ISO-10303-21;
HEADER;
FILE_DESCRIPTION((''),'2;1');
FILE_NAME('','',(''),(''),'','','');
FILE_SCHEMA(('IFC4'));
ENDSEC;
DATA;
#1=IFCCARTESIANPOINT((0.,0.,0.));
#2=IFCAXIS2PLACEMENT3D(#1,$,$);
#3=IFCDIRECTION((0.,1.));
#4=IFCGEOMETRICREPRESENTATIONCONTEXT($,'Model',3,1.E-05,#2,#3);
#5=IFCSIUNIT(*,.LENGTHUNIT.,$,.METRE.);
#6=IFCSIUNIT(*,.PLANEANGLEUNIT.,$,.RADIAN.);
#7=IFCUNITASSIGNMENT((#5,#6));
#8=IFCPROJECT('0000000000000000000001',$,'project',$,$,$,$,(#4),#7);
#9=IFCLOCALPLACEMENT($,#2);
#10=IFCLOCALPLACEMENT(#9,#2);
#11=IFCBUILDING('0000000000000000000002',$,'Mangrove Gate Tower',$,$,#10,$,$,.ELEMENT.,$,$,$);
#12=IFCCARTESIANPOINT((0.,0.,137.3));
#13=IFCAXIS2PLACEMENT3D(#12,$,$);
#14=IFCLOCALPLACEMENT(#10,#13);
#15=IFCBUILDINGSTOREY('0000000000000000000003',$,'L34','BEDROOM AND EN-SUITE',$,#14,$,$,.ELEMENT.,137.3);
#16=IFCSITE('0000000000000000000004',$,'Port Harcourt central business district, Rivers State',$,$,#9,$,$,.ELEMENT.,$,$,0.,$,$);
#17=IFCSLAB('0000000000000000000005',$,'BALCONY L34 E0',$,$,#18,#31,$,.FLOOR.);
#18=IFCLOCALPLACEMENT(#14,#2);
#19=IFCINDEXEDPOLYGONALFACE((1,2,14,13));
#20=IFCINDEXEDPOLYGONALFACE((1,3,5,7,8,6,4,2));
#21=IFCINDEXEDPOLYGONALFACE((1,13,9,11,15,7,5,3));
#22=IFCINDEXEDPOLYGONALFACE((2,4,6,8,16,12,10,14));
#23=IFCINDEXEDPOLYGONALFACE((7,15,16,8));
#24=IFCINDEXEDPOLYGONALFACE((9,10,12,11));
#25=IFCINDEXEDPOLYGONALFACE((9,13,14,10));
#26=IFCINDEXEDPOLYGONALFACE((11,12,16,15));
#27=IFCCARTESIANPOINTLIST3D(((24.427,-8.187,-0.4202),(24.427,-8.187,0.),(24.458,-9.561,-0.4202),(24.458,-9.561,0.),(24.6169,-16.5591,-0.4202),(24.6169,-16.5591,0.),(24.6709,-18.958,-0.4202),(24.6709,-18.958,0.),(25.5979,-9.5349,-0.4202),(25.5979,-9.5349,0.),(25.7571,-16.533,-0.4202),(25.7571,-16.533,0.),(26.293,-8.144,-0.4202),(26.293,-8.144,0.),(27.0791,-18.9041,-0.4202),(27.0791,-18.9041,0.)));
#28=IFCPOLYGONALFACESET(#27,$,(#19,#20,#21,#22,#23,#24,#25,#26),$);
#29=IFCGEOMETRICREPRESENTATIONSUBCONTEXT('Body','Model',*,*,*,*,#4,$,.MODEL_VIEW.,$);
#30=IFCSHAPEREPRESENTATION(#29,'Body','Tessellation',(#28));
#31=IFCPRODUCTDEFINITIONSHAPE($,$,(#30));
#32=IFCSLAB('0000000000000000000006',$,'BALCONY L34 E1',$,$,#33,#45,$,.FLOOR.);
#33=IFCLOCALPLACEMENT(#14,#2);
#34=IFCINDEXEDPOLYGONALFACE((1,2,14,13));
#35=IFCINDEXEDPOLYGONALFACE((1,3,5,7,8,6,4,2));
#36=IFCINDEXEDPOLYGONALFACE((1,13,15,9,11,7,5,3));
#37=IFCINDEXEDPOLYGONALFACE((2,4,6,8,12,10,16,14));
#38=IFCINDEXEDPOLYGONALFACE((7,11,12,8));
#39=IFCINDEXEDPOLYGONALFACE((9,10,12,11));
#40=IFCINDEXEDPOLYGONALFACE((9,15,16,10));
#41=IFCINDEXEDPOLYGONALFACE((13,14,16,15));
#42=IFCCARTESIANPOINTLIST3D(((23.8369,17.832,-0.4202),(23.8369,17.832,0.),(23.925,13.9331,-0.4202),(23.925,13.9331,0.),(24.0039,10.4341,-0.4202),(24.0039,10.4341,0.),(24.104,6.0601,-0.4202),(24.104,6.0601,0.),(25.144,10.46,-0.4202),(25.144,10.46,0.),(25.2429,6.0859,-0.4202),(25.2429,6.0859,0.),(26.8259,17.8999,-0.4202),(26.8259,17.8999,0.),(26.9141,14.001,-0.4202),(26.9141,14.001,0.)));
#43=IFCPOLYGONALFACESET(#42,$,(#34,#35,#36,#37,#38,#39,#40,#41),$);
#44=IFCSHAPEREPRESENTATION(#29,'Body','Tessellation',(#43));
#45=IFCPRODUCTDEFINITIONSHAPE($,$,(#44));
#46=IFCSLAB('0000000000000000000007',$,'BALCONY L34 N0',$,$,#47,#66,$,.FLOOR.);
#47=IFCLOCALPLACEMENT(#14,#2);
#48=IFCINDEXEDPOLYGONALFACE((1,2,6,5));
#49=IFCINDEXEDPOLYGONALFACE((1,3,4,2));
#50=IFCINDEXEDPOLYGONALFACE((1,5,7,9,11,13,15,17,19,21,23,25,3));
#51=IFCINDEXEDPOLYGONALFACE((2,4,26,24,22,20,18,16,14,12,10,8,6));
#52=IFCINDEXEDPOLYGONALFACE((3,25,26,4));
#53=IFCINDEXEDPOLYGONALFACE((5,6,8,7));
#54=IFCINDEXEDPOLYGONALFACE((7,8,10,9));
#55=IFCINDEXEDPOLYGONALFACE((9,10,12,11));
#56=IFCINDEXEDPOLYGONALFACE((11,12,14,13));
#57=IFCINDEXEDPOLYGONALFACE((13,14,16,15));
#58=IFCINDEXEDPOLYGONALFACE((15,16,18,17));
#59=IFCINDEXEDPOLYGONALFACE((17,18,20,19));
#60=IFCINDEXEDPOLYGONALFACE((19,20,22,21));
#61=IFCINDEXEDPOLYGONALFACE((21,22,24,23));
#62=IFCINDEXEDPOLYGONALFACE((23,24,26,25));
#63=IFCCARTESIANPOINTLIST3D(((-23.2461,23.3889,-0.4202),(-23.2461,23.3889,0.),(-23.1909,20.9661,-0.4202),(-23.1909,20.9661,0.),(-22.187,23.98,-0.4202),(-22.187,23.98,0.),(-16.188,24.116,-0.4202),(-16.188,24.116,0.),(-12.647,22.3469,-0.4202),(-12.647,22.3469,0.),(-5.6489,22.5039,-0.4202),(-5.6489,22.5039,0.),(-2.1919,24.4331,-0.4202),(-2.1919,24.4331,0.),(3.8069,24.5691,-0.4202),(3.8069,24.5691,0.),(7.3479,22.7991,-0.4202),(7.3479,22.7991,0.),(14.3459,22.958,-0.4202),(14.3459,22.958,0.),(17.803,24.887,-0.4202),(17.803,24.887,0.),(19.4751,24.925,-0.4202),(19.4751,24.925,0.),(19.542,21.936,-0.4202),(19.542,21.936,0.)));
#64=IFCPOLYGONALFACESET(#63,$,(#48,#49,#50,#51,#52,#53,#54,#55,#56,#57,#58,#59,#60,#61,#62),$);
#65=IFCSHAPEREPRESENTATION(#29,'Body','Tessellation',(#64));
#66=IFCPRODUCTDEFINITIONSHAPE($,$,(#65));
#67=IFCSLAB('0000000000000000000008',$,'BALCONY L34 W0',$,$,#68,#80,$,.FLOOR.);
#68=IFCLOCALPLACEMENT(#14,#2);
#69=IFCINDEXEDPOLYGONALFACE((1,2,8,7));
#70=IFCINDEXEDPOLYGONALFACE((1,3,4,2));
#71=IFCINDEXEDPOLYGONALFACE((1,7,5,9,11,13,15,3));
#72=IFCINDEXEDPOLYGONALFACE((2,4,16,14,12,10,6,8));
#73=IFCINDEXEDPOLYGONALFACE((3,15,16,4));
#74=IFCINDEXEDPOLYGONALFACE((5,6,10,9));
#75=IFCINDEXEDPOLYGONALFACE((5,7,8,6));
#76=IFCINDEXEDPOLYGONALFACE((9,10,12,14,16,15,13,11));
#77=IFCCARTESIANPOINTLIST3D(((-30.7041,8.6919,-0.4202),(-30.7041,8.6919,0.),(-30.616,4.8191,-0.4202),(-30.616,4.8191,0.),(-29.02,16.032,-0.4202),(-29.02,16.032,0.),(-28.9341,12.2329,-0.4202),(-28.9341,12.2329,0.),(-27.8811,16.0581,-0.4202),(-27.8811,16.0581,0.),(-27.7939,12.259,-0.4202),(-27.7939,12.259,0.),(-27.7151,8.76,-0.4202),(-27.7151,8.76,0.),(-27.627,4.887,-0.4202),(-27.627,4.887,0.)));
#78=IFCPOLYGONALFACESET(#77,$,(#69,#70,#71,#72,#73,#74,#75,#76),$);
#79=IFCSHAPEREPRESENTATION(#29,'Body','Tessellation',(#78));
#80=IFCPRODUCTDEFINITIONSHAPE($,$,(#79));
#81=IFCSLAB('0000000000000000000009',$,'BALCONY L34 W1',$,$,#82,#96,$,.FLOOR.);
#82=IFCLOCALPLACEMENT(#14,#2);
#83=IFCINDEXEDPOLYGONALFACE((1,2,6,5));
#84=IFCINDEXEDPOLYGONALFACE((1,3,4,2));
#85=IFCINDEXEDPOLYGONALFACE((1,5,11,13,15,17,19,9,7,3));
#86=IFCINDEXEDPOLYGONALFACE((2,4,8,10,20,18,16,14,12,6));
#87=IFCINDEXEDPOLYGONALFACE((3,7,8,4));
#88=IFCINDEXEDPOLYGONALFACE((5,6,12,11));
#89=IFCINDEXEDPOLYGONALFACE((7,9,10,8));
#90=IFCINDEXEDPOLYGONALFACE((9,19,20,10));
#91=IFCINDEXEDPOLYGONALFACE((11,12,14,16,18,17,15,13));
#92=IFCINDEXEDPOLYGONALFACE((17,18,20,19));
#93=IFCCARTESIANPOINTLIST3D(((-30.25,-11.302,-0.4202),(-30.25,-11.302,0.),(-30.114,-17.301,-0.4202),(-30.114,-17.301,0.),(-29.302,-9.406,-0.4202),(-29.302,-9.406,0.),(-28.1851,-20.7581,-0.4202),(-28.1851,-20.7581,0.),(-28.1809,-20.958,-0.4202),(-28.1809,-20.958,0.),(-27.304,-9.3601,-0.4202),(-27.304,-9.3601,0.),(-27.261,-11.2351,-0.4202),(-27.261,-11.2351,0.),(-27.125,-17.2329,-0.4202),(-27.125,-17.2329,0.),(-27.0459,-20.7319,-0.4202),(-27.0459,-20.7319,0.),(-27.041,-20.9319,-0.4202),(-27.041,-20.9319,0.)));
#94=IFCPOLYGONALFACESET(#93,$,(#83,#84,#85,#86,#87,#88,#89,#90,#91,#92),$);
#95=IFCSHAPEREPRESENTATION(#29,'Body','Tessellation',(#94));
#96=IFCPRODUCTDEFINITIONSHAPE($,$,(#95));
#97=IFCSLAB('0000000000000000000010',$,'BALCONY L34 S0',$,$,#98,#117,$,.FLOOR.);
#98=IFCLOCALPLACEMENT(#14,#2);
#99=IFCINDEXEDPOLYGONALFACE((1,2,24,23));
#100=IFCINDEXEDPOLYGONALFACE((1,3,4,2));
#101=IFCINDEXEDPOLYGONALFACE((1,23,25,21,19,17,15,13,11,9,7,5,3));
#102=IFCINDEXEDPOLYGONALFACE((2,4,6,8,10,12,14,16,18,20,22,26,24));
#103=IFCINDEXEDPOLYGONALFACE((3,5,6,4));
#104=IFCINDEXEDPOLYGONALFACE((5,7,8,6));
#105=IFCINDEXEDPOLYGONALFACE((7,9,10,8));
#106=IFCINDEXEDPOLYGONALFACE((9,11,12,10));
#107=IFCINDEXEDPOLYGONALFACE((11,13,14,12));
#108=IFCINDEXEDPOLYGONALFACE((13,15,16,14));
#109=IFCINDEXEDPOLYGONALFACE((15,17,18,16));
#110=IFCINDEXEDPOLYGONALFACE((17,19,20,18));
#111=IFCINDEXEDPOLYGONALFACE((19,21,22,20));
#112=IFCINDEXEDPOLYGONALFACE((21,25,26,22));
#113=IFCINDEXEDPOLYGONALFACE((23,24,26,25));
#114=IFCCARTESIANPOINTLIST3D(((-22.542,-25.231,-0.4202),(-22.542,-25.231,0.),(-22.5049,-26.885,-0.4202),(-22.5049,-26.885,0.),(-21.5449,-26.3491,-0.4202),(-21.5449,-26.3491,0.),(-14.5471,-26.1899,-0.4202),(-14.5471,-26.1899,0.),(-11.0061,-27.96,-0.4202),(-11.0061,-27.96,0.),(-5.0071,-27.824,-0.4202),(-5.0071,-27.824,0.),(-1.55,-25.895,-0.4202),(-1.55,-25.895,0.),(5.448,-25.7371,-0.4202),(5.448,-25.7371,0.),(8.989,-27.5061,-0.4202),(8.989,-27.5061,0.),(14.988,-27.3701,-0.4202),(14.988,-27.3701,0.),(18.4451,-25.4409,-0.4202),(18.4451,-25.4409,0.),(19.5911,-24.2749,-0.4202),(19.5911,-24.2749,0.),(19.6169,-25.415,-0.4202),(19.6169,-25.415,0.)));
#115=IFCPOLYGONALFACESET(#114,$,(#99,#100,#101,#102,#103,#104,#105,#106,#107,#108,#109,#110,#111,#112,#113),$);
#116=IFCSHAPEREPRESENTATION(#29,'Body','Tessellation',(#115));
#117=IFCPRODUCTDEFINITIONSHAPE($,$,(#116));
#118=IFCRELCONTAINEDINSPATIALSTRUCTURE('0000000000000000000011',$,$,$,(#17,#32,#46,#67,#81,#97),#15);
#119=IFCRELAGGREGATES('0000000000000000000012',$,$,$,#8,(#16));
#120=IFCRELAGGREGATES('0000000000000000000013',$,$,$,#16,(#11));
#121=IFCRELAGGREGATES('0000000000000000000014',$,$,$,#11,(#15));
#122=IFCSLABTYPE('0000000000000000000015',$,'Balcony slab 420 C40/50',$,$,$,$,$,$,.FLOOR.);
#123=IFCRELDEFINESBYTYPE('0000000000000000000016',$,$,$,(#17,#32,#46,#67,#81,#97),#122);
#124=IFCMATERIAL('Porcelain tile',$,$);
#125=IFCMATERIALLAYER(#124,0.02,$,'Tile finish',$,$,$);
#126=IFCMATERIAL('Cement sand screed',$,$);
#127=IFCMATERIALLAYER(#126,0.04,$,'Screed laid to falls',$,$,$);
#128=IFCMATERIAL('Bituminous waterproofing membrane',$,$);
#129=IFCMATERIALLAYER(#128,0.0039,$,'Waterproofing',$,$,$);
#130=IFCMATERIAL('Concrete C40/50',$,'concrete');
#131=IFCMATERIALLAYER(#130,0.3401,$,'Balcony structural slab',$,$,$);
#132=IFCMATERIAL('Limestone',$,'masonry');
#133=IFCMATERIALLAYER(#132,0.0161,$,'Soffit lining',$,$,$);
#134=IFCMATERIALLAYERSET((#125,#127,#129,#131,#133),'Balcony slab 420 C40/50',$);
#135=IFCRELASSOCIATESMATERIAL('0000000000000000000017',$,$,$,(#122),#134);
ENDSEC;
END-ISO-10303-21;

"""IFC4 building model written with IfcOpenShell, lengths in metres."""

from ifc_helpers import new_model, si_unit, direction, frame, origin, place, context, subcontext, project, spatial, polyline, outline, extrude, material, layer, layer_set, type_object, element, save


model = new_model("IFC4")

# Units and contexts
model_context = context("Model", 3, precision=1e-05, world=origin(), true_north=direction((0.0, 1.0)))
body_context = subcontext(model_context, "Body", "Model", "MODEL_VIEW")
ifc_project = project(units=[si_unit("LENGTHUNIT", "METRE"), si_unit("PLANEANGLEUNIT", "RADIAN")], contexts=[model_context])

# Site, building, storey
site_placement = place(None, origin())
site = spatial("IfcSite", under=ifc_project, at=site_placement, Name="Port Harcourt central business district, Rivers State", CompositionType="ELEMENT", RefElevation=0.0)
building_placement = place(site_placement, origin())
building = spatial("IfcBuilding", under=site, at=building_placement, Name="Mangrove Gate Tower", CompositionType="ELEMENT")
storey_placement = place(building_placement, frame((0.0, 0.0, 137.3)))
storey = spatial("IfcBuildingStorey", under=building, at=storey_placement, Name="L34", Description="BEDROOM AND EN-SUITE", CompositionType="ELEMENT", Elevation=137.3)

# Slabs
ifc_material_1 = material(Name="Porcelain tile")
ifc_layer_1 = layer(ifc_material_1, 0.02, Name="Tile finish")
ifc_material_2 = material(Name="Cement sand screed")
ifc_layer_2 = layer(ifc_material_2, 0.04, Name="Screed laid to falls")
ifc_material_3 = material(Name="Bituminous waterproofing membrane")
ifc_layer_3 = layer(ifc_material_3, 0.0039, Name="Waterproofing")
ifc_material_4 = material(Name="Concrete C40/50", Category="concrete")
ifc_layer_4 = layer(ifc_material_4, 0.3401, Name="Balcony structural slab")
ifc_material_5 = material(Name="Limestone", Category="masonry")
ifc_layer_5 = layer(ifc_material_5, 0.0161, Name="Soffit lining")
ifc_layer_set_1 = layer_set([ifc_layer_1, ifc_layer_2, ifc_layer_3, ifc_layer_4, ifc_layer_5], Name="Balcony slab 420 C40/50")
slab_type_1 = type_object("IfcSlabType", Name="Balcony slab 420 C40/50", PredefinedType="FLOOR", material=ifc_layer_set_1)
slab_1_placement = place(storey_placement, frame((0.0, 0.0, -0.4202)))
element("IfcSlab", 1, at=slab_1_placement, inside=storey, type_object=slab_type_1, Name="BALCONY L34 E0", PredefinedType="FLOOR", context=body_context, shape_type="SweptSolid", body=[
    extrude(outline(polyline([(27.0791, -18.9041), (25.7571, -16.533), (25.5979, -9.5349), (26.293, -8.144), (24.427, -8.187), (24.458, -9.561), (24.6169, -16.5591), (24.6709, -18.958), (27.0791, -18.9041)])), origin(), (0.0, 0.0, 1.0), 0.4202),
])
slab_2_placement = place(storey_placement, frame((0.0, 0.0, -0.4202)))
element("IfcSlab", 2, at=slab_2_placement, inside=storey, type_object=slab_type_1, Name="BALCONY L34 E1", PredefinedType="FLOOR", context=body_context, shape_type="SweptSolid", body=[
    extrude(outline(polyline([(25.2429, 6.0859), (25.144, 10.46), (26.9141, 14.001), (26.8259, 17.8999), (23.8369, 17.832), (23.925, 13.9331), (24.0039, 10.4341), (24.104, 6.0601), (25.2429, 6.0859)])), origin(), (0.0, 0.0, 1.0), 0.4202),
])
slab_3_placement = place(storey_placement, frame((0.0, 0.0, -0.4202)))
element("IfcSlab", 3, at=slab_3_placement, inside=storey, type_object=slab_type_1, Name="BALCONY L34 N0", PredefinedType="FLOOR", context=body_context, shape_type="SweptSolid", body=[
    extrude(outline(polyline([(19.4751, 24.925), (17.803, 24.887), (14.3459, 22.958), (7.3479, 22.7991), (3.8069, 24.5691), (-2.1919, 24.4331), (-5.6489, 22.5039), (-12.647, 22.3469), (-16.188, 24.116), (-22.187, 23.98), (-23.2461, 23.3889), (-23.1909, 20.9661), (19.542, 21.936), (19.4751, 24.925)])), origin(), (0.0, 0.0, 1.0), 0.4202),
])
slab_4_placement = place(storey_placement, frame((0.0, 0.0, -0.4202)))
element("IfcSlab", 4, at=slab_4_placement, inside=storey, type_object=slab_type_1, Name="BALCONY L34 W0", PredefinedType="FLOOR", context=body_context, shape_type="SweptSolid", body=[
    extrude(outline(polyline([(-29.02, 16.032), (-28.9341, 12.2329), (-30.7041, 8.6919), (-30.616, 4.8191), (-27.627, 4.887), (-27.7151, 8.76), (-27.7939, 12.259), (-27.8811, 16.0581), (-29.02, 16.032)])), origin(), (0.0, 0.0, 1.0), 0.4202),
])
slab_5_placement = place(storey_placement, frame((0.0, 0.0, -0.4202)))
element("IfcSlab", 5, at=slab_5_placement, inside=storey, type_object=slab_type_1, Name="BALCONY L34 W1", PredefinedType="FLOOR", context=body_context, shape_type="SweptSolid", body=[
    extrude(outline(polyline([(-29.302, -9.406), (-30.25, -11.302), (-30.114, -17.301), (-28.1851, -20.7581), (-28.1809, -20.958), (-27.041, -20.9319), (-27.0459, -20.7319), (-27.125, -17.2329), (-27.261, -11.2351), (-27.304, -9.3601), (-29.302, -9.406)])), origin(), (0.0, 0.0, 1.0), 0.4202),
])
slab_6_placement = place(storey_placement, frame((0.0, 0.0, -0.4202)))
element("IfcSlab", 6, at=slab_6_placement, inside=storey, type_object=slab_type_1, Name="BALCONY L34 S0", PredefinedType="FLOOR", context=body_context, shape_type="SweptSolid", body=[
    extrude(outline(polyline([(-22.5049, -26.885), (-21.5449, -26.3491), (-14.5471, -26.1899), (-11.0061, -27.96), (-5.0071, -27.824), (-1.55, -25.895), (5.448, -25.7371), (8.989, -27.5061), (14.988, -27.3701), (18.4451, -25.4409), (19.6169, -25.415), (19.5911, -24.2749), (-22.542, -25.231), (-22.5049, -26.885)])), origin(), (0.0, 0.0, 1.0), 0.4202),
])

save(model, "model.ifc")
